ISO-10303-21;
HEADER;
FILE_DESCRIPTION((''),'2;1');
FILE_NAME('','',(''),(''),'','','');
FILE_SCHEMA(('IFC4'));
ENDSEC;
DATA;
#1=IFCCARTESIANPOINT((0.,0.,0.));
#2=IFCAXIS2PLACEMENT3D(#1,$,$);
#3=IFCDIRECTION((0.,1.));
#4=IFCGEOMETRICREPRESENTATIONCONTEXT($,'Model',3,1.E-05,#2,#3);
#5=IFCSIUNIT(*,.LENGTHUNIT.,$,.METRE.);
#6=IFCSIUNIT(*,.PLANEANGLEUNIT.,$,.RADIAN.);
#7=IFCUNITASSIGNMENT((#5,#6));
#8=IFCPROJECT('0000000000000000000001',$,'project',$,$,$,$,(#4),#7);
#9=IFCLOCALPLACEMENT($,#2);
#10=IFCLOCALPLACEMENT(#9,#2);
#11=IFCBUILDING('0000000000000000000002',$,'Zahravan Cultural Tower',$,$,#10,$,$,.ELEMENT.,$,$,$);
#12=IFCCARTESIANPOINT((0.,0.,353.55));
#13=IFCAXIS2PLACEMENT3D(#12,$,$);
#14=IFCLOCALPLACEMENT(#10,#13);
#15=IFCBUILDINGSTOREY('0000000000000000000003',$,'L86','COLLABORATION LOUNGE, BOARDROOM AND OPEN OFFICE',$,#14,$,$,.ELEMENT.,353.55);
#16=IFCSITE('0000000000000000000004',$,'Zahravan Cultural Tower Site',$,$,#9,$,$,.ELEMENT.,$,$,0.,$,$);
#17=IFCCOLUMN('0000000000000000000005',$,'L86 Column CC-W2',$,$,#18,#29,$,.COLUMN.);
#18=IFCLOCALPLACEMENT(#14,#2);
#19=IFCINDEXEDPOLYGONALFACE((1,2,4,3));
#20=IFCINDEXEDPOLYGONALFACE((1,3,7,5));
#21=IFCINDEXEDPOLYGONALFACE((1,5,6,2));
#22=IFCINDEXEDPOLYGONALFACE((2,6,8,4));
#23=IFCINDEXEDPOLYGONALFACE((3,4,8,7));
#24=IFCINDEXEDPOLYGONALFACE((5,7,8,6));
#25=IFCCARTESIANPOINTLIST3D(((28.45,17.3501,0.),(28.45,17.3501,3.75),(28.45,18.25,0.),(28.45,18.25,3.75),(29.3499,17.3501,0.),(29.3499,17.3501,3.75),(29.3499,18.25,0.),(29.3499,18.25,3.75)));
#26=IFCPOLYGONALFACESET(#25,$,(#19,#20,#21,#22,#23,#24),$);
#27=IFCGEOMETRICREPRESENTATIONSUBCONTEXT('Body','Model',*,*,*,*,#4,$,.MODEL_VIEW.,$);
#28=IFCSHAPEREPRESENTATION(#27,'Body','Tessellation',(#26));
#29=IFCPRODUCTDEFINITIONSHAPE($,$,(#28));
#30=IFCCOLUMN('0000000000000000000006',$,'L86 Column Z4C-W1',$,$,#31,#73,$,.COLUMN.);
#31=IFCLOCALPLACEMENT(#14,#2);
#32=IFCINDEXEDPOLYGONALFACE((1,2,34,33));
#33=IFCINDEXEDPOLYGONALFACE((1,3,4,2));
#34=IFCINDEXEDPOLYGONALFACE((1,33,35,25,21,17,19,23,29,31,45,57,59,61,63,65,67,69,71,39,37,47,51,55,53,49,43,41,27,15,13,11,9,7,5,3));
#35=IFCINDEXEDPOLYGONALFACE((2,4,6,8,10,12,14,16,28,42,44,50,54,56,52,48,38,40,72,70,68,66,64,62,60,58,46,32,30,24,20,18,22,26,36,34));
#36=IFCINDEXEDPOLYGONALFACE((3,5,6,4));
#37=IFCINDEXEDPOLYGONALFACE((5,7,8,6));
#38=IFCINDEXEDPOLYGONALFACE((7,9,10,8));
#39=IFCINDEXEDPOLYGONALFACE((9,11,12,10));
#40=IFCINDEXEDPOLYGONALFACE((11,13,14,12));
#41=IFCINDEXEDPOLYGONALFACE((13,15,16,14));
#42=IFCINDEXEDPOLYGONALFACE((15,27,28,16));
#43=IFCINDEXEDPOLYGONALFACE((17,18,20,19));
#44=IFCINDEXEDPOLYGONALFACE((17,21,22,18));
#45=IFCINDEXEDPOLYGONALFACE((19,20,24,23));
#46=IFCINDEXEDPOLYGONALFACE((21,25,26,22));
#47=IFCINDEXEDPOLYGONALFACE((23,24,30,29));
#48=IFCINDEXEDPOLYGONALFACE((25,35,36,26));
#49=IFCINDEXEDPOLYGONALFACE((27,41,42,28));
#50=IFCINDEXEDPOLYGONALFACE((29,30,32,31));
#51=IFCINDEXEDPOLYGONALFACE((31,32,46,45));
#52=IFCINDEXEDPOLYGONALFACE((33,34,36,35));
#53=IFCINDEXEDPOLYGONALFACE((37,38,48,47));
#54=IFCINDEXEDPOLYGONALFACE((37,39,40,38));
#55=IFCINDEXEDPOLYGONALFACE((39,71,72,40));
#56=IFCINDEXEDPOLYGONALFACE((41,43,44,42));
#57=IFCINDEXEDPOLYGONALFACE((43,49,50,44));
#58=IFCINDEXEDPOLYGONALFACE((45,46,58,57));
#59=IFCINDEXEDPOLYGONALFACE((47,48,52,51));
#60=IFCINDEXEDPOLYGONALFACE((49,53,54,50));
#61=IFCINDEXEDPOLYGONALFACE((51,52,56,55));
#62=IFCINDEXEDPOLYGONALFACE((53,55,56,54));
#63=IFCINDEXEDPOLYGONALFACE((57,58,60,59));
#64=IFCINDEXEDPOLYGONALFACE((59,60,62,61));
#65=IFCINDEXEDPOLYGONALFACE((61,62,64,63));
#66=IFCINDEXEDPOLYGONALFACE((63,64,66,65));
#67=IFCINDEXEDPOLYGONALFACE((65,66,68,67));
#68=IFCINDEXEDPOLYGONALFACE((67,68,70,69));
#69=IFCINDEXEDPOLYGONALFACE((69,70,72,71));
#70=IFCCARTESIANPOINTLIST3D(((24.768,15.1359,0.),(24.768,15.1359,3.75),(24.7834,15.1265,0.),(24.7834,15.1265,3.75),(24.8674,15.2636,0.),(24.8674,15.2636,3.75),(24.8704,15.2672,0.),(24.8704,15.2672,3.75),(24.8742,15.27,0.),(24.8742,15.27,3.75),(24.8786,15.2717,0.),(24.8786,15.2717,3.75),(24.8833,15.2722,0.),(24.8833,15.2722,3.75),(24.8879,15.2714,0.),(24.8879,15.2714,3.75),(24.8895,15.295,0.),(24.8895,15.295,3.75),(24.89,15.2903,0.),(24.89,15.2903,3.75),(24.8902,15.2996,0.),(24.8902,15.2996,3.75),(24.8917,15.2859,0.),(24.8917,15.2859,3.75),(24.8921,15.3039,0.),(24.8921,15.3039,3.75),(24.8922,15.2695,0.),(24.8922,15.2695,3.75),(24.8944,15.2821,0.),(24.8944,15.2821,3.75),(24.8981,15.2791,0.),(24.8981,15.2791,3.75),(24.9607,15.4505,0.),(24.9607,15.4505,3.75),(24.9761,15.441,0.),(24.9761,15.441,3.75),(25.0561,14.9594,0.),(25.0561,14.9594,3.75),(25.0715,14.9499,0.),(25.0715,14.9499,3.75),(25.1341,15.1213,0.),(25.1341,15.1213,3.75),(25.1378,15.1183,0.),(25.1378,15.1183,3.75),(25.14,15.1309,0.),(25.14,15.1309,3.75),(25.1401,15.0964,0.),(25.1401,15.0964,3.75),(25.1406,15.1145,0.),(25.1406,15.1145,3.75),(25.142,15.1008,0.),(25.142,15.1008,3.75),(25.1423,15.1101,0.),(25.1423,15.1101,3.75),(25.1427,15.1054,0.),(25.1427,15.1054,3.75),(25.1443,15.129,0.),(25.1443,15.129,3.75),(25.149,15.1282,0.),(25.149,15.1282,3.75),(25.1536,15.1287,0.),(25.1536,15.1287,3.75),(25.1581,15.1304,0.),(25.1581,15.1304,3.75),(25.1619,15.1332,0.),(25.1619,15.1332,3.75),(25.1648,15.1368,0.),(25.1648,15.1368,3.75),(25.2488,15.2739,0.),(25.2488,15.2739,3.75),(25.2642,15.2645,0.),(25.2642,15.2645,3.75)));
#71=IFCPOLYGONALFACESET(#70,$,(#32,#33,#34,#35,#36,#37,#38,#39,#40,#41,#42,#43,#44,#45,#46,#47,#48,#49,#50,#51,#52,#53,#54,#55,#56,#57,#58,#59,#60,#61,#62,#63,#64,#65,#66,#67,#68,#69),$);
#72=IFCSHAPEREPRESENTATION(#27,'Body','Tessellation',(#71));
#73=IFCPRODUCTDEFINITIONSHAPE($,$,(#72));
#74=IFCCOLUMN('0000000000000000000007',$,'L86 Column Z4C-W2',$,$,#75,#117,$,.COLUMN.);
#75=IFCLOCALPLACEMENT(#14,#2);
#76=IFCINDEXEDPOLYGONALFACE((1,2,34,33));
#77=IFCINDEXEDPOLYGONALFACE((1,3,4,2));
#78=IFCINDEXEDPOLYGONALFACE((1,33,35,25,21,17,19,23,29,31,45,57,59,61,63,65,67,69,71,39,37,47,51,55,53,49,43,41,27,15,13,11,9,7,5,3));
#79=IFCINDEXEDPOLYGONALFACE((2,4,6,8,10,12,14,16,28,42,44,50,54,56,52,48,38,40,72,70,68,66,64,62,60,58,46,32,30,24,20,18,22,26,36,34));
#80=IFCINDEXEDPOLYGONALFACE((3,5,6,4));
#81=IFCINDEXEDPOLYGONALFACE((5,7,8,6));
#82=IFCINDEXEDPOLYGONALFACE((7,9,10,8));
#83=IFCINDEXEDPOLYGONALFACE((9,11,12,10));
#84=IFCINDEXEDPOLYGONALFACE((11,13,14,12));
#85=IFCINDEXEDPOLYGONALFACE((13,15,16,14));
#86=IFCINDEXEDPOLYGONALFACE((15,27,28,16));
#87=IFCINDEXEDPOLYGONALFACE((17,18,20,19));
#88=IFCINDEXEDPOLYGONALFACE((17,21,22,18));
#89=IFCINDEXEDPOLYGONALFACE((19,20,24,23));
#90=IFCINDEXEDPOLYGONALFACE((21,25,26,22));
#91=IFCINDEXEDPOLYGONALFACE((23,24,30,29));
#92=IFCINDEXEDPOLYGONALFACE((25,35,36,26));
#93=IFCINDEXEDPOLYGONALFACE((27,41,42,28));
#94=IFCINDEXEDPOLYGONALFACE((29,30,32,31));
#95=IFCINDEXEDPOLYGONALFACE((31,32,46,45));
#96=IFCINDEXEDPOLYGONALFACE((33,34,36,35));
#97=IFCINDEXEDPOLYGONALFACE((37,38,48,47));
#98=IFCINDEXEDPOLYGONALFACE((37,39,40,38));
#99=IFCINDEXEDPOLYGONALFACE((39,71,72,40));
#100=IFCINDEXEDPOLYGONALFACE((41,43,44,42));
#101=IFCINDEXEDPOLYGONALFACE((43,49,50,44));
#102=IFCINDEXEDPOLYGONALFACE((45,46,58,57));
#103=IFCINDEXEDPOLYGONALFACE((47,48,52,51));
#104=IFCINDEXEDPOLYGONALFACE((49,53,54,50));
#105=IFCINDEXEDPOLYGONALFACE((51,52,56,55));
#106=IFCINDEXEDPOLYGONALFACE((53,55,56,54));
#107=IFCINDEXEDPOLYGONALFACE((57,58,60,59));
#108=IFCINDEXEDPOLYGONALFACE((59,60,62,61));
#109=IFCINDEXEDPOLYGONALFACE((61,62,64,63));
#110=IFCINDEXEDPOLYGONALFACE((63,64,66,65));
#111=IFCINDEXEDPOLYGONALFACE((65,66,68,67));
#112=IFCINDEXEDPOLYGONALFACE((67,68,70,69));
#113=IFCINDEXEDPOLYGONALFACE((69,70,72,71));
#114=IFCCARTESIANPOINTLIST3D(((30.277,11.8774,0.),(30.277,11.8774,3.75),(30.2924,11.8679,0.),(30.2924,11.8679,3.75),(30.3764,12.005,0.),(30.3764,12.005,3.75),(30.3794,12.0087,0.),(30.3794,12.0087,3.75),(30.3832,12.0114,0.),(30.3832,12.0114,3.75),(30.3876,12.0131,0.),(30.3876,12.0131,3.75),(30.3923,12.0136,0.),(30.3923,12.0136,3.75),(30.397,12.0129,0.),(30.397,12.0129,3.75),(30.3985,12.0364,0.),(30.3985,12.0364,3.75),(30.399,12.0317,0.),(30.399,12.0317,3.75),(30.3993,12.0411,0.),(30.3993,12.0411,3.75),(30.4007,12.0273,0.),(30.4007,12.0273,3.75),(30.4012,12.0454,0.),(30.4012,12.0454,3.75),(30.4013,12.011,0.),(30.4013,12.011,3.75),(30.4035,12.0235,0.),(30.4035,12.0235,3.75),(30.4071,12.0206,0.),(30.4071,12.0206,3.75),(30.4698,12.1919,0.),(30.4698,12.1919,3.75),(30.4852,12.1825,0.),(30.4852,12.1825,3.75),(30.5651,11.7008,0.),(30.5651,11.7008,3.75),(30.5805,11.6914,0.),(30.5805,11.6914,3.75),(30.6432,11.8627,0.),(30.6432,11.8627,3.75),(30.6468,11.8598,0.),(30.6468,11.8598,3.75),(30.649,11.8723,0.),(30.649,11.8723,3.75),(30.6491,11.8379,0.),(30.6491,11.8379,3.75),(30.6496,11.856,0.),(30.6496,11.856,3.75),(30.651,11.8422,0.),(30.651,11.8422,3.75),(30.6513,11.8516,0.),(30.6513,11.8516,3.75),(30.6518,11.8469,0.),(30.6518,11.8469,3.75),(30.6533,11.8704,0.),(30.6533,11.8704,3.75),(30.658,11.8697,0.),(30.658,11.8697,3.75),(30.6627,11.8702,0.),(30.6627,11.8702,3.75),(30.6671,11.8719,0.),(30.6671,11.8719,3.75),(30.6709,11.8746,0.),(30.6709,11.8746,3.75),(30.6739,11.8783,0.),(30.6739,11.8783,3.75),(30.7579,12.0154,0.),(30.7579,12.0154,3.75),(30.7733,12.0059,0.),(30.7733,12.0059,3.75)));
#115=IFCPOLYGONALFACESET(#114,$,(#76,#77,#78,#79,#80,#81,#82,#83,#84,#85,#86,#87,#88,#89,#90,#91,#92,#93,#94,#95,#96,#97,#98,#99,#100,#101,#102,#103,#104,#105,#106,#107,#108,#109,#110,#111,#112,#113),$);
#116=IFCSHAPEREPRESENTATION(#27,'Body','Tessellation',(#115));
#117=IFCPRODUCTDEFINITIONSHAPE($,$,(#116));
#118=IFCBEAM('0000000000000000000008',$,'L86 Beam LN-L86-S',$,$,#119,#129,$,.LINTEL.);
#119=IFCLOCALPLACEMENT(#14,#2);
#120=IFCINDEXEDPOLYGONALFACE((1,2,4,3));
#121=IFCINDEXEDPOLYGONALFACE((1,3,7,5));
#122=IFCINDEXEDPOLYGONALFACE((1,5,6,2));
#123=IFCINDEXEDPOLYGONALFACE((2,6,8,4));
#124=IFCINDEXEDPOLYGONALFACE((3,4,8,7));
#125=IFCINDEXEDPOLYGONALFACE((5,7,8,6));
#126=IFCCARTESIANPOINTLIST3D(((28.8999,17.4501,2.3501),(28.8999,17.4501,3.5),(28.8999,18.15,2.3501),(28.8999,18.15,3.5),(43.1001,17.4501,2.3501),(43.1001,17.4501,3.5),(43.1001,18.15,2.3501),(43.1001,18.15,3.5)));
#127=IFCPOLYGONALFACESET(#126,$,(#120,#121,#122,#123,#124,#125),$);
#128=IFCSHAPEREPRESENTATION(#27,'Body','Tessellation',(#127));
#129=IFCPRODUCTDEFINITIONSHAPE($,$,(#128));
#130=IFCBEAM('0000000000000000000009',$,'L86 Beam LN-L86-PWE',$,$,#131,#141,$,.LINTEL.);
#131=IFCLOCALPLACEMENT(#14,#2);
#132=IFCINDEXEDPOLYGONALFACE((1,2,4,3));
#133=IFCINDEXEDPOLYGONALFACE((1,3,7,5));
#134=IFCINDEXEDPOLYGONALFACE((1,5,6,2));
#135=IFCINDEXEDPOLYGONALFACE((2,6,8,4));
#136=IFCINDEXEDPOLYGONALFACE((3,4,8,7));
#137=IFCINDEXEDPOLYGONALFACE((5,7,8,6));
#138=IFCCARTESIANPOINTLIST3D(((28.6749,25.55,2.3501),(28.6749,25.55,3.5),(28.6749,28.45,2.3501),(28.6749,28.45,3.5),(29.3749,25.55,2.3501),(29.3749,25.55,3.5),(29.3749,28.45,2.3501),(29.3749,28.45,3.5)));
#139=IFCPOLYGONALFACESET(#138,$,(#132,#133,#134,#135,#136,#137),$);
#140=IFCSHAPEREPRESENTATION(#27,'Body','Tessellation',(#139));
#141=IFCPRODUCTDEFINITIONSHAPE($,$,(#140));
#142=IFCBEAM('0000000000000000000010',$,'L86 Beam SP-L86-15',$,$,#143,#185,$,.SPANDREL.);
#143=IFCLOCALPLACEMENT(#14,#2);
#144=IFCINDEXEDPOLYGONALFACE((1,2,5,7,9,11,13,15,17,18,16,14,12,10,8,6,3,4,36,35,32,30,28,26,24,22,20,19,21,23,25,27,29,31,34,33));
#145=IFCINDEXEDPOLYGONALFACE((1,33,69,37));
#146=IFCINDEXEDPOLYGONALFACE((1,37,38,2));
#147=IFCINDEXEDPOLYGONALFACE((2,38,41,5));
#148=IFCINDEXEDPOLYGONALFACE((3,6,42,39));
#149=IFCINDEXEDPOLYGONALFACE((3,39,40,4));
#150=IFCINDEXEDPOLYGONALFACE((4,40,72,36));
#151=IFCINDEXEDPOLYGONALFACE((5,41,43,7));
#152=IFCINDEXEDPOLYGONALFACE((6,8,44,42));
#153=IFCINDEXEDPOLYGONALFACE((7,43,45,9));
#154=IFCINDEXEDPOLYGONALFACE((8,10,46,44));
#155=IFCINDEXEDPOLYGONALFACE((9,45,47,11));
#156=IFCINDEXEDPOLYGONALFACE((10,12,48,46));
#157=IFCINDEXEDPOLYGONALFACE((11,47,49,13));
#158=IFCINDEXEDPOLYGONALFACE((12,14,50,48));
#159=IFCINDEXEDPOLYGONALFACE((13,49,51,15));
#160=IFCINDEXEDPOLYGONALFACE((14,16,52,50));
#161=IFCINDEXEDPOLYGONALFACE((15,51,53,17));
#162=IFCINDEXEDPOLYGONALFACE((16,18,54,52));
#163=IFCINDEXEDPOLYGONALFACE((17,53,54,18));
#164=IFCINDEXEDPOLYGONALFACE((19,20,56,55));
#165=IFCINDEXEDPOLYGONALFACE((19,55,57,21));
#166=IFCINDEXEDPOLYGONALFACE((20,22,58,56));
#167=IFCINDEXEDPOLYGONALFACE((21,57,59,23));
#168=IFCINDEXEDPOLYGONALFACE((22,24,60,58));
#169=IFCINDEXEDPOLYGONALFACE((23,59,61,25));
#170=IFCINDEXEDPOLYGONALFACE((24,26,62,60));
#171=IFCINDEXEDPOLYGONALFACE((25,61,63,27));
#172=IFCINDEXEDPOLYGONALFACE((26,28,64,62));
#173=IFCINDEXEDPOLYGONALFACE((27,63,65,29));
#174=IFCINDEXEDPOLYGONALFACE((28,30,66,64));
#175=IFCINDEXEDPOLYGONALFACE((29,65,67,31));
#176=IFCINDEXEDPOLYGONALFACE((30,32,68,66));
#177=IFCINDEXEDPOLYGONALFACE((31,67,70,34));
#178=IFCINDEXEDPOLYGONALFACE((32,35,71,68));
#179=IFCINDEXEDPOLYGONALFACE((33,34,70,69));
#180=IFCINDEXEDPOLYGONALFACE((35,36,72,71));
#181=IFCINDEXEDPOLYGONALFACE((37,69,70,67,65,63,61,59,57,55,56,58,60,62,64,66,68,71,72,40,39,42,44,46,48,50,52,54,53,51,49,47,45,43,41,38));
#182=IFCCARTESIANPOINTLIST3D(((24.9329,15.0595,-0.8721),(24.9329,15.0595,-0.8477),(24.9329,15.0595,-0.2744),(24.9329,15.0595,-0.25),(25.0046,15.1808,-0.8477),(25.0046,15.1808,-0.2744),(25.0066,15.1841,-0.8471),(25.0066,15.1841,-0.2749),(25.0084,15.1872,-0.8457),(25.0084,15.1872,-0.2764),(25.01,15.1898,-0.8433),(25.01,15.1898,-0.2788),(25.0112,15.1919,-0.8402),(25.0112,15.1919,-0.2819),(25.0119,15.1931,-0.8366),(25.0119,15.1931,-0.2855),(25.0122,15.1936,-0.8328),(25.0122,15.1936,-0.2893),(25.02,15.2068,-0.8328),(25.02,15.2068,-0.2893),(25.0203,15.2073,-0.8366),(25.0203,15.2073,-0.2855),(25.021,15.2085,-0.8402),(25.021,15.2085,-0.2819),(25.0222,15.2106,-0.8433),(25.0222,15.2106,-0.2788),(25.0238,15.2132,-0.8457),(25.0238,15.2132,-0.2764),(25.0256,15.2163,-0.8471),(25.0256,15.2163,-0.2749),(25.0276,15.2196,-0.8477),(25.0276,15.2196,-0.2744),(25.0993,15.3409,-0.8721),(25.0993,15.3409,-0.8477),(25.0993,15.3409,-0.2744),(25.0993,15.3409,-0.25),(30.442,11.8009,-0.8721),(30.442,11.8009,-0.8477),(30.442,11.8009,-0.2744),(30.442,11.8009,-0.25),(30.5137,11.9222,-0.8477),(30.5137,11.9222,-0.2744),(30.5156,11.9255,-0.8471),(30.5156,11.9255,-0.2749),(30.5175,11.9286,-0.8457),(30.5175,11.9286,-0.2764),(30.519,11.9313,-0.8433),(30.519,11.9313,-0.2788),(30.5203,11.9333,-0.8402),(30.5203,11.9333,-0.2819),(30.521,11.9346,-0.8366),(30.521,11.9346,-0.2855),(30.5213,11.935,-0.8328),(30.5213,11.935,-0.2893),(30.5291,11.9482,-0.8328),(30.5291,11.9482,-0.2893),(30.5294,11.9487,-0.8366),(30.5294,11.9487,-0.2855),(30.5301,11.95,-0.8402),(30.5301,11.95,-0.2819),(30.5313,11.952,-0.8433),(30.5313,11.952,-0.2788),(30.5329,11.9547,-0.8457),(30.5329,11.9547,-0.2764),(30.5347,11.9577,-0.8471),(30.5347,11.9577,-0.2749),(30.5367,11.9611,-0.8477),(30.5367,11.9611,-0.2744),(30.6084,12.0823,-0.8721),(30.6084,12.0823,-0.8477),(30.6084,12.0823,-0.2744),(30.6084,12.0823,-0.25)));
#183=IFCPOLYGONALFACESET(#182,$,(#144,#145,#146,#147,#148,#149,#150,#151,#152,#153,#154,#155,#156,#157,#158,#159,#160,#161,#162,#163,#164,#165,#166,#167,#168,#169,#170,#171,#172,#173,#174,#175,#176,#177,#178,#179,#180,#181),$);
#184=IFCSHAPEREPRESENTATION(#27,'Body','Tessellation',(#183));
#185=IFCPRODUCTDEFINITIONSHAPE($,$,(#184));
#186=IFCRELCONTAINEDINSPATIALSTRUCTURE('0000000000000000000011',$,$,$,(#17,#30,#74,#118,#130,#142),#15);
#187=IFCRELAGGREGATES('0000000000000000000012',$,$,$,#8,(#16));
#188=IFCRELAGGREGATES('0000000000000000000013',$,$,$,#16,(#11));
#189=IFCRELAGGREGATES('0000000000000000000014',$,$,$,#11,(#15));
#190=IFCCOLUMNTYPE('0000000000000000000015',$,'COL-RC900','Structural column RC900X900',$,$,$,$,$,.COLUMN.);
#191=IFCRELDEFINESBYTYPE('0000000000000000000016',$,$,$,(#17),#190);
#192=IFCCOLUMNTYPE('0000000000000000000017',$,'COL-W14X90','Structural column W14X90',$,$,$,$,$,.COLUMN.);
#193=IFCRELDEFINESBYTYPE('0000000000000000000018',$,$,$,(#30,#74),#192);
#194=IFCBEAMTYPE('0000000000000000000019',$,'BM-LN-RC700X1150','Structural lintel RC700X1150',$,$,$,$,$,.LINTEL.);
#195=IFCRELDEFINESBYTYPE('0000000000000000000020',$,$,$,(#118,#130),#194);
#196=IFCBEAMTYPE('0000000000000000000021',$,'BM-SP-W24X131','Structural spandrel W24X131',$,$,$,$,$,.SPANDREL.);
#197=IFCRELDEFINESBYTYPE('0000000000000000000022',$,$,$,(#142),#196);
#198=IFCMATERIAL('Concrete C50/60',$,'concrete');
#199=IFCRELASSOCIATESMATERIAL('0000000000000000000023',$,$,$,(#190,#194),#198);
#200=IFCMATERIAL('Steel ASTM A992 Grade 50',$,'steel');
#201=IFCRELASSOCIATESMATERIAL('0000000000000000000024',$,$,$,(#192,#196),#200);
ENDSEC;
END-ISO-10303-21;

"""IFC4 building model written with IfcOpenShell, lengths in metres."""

from ifc_helpers import new_model, si_unit, direction, frame, origin, origin_2d, place, context, subcontext, project, spatial, rectangle, i_section, extrude, source, transform, mapped, material, material_profile, profile_set, type_object, element, save


model = new_model("IFC4")

# Units and contexts
model_context = context("Model", 3, precision=1e-05, world=origin(), true_north=direction((0.0, 1.0)))
body_context = subcontext(model_context, "Body", "Model", "MODEL_VIEW")
ifc_project = project(units=[si_unit("LENGTHUNIT", "METRE"), si_unit("PLANEANGLEUNIT", "RADIAN")], contexts=[model_context])

# Site, building, storey
site_placement = place(None, origin())
site = spatial("IfcSite", under=ifc_project, at=site_placement, Name="Zahravan Cultural Tower Site", CompositionType="ELEMENT", RefElevation=0.0)
building_placement = place(site_placement, origin())
building = spatial("IfcBuilding", under=site, at=building_placement, Name="Zahravan Cultural Tower", CompositionType="ELEMENT")
storey_placement = place(building_placement, frame((0.0, 0.0, 353.55)))
storey = spatial("IfcBuildingStorey", under=building, at=storey_placement, Name="L86", Description="COLLABORATION LOUNGE, BOARDROOM AND OPEN OFFICE", CompositionType="ELEMENT", Elevation=353.55)

# Columns
ifc_material_1 = material(Name="Concrete C50/60", Category="concrete")
ifc_material_profile_1 = material_profile(ifc_material_1, rectangle(XDim=0.8999, YDim=0.8999, at=origin_2d()), Name="RC900X900")
ifc_profile_set_1 = profile_set([ifc_material_profile_1], Name="Concrete C50/60")
column_type_1 = type_object("IfcColumnType", Name="COL-RC900", Description="Structural column RC900X900", PredefinedType="COLUMN", material=ifc_profile_set_1)
shared_shape_1 = source(origin(), body_context, "Body", "SweptSolid", [
    extrude(rectangle(XDim=0.8999, YDim=0.8999, at=origin_2d()), origin(), (0.0, 0.0, 1.0), 3.75),
])
column_placement = place(storey_placement, frame((28.8999, 17.8, 0.0), z_axis=(0.0, 0.0, 1.0), x_axis=(1.0, 0.0, 0.0)))
element("IfcColumn", 1, at=column_placement, inside=storey, type_object=column_type_1, Name="L86 Column CC-W2", PredefinedType="COLUMN", context=body_context, shape_type="MappedRepresentation", body=[
    mapped(shared_shape_1, transform((0.0, 0.0, 0.0), x_axis=(1.0, 0.0, 0.0), y_axis=(0.0, 1.0, 0.0), z_axis=(0.0, 0.0, 1.0), scale=1.0)),
])
ifc_material_2 = material(Name="Steel ASTM A992 Grade 50", Category="steel")
ifc_material_profile_2 = material_profile(ifc_material_2, i_section(OverallWidth=0.3689, OverallDepth=0.356, WebThickness=0.0112, FlangeThickness=0.0181, FilletRadius=0.0181, at=origin_2d()), Name="W14X90")
ifc_profile_set_2 = profile_set([ifc_material_profile_2], Name="Steel ASTM A992 Grade 50")
column_type_2 = type_object("IfcColumnType", Name="COL-W14X90", Description="Structural column W14X90", PredefinedType="COLUMN", material=ifc_profile_set_2)
shared_shape_2 = source(origin(), body_context, "Body", "SweptSolid", [
    extrude(i_section(OverallWidth=0.3689, OverallDepth=0.356, WebThickness=0.0112, FlangeThickness=0.0181, FilletRadius=0.0181, at=origin_2d()), origin(), (0.0, 0.0, 1.0), 3.75),
])
for number, where, z_axis, x_axis, name in (
    (2, (25.0161, 15.2002, 0.0), (0.0, 0.0, 1.0), (0.522499, 0.85264, 0.0), "L86 Column Z4C-W1"),
    (3, (30.5251, 11.9417, 0.0), (0.0, 0.0, 1.0), (0.522499, 0.85264, 0.0), "L86 Column Z4C-W2"),
):
    element("IfcColumn", number, at=place(storey_placement, frame(where, z_axis=z_axis, x_axis=x_axis)), inside=storey, type_object=column_type_2, Name=name, PredefinedType="COLUMN", context=body_context, shape_type="MappedRepresentation", body=[
        mapped(shared_shape_2, transform((0.0, 0.0, 0.0), x_axis=(1.0, 0.0, 0.0), y_axis=(0.0, 1.0, 0.0), z_axis=(0.0, 0.0, 1.0), scale=1.0)),
    ])

# Beams
ifc_material_profile_3 = material_profile(ifc_material_1, rectangle(XDim=0.7, YDim=1.1499, at=origin_2d()), Name="RC700X1150")
ifc_profile_set_3 = profile_set([ifc_material_profile_3], Name="Concrete C50/60")
beam_type_1 = type_object("IfcBeamType", Name="BM-LN-RC700X1150", Description="Structural lintel RC700X1150", PredefinedType="LINTEL", material=ifc_profile_set_3)
shared_shape_3 = source(origin(), body_context, "Body", "SweptSolid", [
    extrude(rectangle(XDim=0.7, YDim=1.1499, at=origin_2d()), origin(), (0.0, 0.0, 1.0), 14.2002),
])
beam_1_placement = place(storey_placement, frame((28.8999, 17.8, 2.925), z_axis=(1.0, 0.0, 0.0), x_axis=(0.0, 1.0, 0.0)))
element("IfcBeam", 4, at=beam_1_placement, inside=storey, type_object=beam_type_1, Name="L86 Beam LN-L86-S", PredefinedType="LINTEL", context=body_context, shape_type="MappedRepresentation", body=[
    mapped(shared_shape_3, transform((0.0, 0.0, 0.0), x_axis=(1.0, 0.0, 0.0), y_axis=(0.0, 1.0, 0.0), z_axis=(0.0, 0.0, 1.0), scale=1.0)),
])
shared_shape_4 = source(origin(), body_context, "Body", "SweptSolid", [
    extrude(rectangle(XDim=0.7, YDim=1.1499, at=origin_2d()), origin(), (0.0, 0.0, 1.0), 2.8999),
])
beam_2_placement = place(storey_placement, frame((29.0249, 25.55, 2.925), z_axis=(0.0, 1.0, 0.0), x_axis=(-1.0, 0.0, 0.0)))
element("IfcBeam", 5, at=beam_2_placement, inside=storey, type_object=beam_type_1, Name="L86 Beam LN-L86-PWE", PredefinedType="LINTEL", context=body_context, shape_type="MappedRepresentation", body=[
    mapped(shared_shape_4, transform((0.0, 0.0, 0.0), x_axis=(1.0, 0.0, 0.0), y_axis=(0.0, 1.0, 0.0), z_axis=(0.0, 0.0, 1.0), scale=1.0)),
])
ifc_material_profile_4 = material_profile(ifc_material_2, i_section(OverallWidth=0.3269, OverallDepth=0.6221, WebThickness=0.0154, FlangeThickness=0.0244, FilletRadius=0.0149, at=origin_2d()), Name="W24X131")
ifc_profile_set_4 = profile_set([ifc_material_profile_4], Name="Steel ASTM A992 Grade 50")
beam_type_2 = type_object("IfcBeamType", Name="BM-SP-W24X131", Description="Structural spandrel W24X131", PredefinedType="SPANDREL", material=ifc_profile_set_4)
shared_shape_5 = source(origin(), body_context, "Body", "SweptSolid", [
    extrude(i_section(OverallWidth=0.3269, OverallDepth=0.6221, WebThickness=0.0154, FlangeThickness=0.0244, FilletRadius=0.0149, at=origin_2d()), origin(), (0.0, 0.0, 1.0), 6.4006),
])
beam_3_placement = place(storey_placement, frame((25.0161, 15.2002, -0.561), z_axis=(0.860707, -0.509101, 0.0), x_axis=(0.509101, 0.860707, 0.0)))
element("IfcBeam", 6, at=beam_3_placement, inside=storey, type_object=beam_type_2, Name="L86 Beam SP-L86-15", PredefinedType="SPANDREL", context=body_context, shape_type="MappedRepresentation", body=[
    mapped(shared_shape_5, transform((0.0, 0.0, 0.0), x_axis=(1.0, 0.0, 0.0), y_axis=(0.0, 1.0, 0.0), z_axis=(0.0, 0.0, 1.0), scale=1.0)),
])

save(model, "model.ifc")
